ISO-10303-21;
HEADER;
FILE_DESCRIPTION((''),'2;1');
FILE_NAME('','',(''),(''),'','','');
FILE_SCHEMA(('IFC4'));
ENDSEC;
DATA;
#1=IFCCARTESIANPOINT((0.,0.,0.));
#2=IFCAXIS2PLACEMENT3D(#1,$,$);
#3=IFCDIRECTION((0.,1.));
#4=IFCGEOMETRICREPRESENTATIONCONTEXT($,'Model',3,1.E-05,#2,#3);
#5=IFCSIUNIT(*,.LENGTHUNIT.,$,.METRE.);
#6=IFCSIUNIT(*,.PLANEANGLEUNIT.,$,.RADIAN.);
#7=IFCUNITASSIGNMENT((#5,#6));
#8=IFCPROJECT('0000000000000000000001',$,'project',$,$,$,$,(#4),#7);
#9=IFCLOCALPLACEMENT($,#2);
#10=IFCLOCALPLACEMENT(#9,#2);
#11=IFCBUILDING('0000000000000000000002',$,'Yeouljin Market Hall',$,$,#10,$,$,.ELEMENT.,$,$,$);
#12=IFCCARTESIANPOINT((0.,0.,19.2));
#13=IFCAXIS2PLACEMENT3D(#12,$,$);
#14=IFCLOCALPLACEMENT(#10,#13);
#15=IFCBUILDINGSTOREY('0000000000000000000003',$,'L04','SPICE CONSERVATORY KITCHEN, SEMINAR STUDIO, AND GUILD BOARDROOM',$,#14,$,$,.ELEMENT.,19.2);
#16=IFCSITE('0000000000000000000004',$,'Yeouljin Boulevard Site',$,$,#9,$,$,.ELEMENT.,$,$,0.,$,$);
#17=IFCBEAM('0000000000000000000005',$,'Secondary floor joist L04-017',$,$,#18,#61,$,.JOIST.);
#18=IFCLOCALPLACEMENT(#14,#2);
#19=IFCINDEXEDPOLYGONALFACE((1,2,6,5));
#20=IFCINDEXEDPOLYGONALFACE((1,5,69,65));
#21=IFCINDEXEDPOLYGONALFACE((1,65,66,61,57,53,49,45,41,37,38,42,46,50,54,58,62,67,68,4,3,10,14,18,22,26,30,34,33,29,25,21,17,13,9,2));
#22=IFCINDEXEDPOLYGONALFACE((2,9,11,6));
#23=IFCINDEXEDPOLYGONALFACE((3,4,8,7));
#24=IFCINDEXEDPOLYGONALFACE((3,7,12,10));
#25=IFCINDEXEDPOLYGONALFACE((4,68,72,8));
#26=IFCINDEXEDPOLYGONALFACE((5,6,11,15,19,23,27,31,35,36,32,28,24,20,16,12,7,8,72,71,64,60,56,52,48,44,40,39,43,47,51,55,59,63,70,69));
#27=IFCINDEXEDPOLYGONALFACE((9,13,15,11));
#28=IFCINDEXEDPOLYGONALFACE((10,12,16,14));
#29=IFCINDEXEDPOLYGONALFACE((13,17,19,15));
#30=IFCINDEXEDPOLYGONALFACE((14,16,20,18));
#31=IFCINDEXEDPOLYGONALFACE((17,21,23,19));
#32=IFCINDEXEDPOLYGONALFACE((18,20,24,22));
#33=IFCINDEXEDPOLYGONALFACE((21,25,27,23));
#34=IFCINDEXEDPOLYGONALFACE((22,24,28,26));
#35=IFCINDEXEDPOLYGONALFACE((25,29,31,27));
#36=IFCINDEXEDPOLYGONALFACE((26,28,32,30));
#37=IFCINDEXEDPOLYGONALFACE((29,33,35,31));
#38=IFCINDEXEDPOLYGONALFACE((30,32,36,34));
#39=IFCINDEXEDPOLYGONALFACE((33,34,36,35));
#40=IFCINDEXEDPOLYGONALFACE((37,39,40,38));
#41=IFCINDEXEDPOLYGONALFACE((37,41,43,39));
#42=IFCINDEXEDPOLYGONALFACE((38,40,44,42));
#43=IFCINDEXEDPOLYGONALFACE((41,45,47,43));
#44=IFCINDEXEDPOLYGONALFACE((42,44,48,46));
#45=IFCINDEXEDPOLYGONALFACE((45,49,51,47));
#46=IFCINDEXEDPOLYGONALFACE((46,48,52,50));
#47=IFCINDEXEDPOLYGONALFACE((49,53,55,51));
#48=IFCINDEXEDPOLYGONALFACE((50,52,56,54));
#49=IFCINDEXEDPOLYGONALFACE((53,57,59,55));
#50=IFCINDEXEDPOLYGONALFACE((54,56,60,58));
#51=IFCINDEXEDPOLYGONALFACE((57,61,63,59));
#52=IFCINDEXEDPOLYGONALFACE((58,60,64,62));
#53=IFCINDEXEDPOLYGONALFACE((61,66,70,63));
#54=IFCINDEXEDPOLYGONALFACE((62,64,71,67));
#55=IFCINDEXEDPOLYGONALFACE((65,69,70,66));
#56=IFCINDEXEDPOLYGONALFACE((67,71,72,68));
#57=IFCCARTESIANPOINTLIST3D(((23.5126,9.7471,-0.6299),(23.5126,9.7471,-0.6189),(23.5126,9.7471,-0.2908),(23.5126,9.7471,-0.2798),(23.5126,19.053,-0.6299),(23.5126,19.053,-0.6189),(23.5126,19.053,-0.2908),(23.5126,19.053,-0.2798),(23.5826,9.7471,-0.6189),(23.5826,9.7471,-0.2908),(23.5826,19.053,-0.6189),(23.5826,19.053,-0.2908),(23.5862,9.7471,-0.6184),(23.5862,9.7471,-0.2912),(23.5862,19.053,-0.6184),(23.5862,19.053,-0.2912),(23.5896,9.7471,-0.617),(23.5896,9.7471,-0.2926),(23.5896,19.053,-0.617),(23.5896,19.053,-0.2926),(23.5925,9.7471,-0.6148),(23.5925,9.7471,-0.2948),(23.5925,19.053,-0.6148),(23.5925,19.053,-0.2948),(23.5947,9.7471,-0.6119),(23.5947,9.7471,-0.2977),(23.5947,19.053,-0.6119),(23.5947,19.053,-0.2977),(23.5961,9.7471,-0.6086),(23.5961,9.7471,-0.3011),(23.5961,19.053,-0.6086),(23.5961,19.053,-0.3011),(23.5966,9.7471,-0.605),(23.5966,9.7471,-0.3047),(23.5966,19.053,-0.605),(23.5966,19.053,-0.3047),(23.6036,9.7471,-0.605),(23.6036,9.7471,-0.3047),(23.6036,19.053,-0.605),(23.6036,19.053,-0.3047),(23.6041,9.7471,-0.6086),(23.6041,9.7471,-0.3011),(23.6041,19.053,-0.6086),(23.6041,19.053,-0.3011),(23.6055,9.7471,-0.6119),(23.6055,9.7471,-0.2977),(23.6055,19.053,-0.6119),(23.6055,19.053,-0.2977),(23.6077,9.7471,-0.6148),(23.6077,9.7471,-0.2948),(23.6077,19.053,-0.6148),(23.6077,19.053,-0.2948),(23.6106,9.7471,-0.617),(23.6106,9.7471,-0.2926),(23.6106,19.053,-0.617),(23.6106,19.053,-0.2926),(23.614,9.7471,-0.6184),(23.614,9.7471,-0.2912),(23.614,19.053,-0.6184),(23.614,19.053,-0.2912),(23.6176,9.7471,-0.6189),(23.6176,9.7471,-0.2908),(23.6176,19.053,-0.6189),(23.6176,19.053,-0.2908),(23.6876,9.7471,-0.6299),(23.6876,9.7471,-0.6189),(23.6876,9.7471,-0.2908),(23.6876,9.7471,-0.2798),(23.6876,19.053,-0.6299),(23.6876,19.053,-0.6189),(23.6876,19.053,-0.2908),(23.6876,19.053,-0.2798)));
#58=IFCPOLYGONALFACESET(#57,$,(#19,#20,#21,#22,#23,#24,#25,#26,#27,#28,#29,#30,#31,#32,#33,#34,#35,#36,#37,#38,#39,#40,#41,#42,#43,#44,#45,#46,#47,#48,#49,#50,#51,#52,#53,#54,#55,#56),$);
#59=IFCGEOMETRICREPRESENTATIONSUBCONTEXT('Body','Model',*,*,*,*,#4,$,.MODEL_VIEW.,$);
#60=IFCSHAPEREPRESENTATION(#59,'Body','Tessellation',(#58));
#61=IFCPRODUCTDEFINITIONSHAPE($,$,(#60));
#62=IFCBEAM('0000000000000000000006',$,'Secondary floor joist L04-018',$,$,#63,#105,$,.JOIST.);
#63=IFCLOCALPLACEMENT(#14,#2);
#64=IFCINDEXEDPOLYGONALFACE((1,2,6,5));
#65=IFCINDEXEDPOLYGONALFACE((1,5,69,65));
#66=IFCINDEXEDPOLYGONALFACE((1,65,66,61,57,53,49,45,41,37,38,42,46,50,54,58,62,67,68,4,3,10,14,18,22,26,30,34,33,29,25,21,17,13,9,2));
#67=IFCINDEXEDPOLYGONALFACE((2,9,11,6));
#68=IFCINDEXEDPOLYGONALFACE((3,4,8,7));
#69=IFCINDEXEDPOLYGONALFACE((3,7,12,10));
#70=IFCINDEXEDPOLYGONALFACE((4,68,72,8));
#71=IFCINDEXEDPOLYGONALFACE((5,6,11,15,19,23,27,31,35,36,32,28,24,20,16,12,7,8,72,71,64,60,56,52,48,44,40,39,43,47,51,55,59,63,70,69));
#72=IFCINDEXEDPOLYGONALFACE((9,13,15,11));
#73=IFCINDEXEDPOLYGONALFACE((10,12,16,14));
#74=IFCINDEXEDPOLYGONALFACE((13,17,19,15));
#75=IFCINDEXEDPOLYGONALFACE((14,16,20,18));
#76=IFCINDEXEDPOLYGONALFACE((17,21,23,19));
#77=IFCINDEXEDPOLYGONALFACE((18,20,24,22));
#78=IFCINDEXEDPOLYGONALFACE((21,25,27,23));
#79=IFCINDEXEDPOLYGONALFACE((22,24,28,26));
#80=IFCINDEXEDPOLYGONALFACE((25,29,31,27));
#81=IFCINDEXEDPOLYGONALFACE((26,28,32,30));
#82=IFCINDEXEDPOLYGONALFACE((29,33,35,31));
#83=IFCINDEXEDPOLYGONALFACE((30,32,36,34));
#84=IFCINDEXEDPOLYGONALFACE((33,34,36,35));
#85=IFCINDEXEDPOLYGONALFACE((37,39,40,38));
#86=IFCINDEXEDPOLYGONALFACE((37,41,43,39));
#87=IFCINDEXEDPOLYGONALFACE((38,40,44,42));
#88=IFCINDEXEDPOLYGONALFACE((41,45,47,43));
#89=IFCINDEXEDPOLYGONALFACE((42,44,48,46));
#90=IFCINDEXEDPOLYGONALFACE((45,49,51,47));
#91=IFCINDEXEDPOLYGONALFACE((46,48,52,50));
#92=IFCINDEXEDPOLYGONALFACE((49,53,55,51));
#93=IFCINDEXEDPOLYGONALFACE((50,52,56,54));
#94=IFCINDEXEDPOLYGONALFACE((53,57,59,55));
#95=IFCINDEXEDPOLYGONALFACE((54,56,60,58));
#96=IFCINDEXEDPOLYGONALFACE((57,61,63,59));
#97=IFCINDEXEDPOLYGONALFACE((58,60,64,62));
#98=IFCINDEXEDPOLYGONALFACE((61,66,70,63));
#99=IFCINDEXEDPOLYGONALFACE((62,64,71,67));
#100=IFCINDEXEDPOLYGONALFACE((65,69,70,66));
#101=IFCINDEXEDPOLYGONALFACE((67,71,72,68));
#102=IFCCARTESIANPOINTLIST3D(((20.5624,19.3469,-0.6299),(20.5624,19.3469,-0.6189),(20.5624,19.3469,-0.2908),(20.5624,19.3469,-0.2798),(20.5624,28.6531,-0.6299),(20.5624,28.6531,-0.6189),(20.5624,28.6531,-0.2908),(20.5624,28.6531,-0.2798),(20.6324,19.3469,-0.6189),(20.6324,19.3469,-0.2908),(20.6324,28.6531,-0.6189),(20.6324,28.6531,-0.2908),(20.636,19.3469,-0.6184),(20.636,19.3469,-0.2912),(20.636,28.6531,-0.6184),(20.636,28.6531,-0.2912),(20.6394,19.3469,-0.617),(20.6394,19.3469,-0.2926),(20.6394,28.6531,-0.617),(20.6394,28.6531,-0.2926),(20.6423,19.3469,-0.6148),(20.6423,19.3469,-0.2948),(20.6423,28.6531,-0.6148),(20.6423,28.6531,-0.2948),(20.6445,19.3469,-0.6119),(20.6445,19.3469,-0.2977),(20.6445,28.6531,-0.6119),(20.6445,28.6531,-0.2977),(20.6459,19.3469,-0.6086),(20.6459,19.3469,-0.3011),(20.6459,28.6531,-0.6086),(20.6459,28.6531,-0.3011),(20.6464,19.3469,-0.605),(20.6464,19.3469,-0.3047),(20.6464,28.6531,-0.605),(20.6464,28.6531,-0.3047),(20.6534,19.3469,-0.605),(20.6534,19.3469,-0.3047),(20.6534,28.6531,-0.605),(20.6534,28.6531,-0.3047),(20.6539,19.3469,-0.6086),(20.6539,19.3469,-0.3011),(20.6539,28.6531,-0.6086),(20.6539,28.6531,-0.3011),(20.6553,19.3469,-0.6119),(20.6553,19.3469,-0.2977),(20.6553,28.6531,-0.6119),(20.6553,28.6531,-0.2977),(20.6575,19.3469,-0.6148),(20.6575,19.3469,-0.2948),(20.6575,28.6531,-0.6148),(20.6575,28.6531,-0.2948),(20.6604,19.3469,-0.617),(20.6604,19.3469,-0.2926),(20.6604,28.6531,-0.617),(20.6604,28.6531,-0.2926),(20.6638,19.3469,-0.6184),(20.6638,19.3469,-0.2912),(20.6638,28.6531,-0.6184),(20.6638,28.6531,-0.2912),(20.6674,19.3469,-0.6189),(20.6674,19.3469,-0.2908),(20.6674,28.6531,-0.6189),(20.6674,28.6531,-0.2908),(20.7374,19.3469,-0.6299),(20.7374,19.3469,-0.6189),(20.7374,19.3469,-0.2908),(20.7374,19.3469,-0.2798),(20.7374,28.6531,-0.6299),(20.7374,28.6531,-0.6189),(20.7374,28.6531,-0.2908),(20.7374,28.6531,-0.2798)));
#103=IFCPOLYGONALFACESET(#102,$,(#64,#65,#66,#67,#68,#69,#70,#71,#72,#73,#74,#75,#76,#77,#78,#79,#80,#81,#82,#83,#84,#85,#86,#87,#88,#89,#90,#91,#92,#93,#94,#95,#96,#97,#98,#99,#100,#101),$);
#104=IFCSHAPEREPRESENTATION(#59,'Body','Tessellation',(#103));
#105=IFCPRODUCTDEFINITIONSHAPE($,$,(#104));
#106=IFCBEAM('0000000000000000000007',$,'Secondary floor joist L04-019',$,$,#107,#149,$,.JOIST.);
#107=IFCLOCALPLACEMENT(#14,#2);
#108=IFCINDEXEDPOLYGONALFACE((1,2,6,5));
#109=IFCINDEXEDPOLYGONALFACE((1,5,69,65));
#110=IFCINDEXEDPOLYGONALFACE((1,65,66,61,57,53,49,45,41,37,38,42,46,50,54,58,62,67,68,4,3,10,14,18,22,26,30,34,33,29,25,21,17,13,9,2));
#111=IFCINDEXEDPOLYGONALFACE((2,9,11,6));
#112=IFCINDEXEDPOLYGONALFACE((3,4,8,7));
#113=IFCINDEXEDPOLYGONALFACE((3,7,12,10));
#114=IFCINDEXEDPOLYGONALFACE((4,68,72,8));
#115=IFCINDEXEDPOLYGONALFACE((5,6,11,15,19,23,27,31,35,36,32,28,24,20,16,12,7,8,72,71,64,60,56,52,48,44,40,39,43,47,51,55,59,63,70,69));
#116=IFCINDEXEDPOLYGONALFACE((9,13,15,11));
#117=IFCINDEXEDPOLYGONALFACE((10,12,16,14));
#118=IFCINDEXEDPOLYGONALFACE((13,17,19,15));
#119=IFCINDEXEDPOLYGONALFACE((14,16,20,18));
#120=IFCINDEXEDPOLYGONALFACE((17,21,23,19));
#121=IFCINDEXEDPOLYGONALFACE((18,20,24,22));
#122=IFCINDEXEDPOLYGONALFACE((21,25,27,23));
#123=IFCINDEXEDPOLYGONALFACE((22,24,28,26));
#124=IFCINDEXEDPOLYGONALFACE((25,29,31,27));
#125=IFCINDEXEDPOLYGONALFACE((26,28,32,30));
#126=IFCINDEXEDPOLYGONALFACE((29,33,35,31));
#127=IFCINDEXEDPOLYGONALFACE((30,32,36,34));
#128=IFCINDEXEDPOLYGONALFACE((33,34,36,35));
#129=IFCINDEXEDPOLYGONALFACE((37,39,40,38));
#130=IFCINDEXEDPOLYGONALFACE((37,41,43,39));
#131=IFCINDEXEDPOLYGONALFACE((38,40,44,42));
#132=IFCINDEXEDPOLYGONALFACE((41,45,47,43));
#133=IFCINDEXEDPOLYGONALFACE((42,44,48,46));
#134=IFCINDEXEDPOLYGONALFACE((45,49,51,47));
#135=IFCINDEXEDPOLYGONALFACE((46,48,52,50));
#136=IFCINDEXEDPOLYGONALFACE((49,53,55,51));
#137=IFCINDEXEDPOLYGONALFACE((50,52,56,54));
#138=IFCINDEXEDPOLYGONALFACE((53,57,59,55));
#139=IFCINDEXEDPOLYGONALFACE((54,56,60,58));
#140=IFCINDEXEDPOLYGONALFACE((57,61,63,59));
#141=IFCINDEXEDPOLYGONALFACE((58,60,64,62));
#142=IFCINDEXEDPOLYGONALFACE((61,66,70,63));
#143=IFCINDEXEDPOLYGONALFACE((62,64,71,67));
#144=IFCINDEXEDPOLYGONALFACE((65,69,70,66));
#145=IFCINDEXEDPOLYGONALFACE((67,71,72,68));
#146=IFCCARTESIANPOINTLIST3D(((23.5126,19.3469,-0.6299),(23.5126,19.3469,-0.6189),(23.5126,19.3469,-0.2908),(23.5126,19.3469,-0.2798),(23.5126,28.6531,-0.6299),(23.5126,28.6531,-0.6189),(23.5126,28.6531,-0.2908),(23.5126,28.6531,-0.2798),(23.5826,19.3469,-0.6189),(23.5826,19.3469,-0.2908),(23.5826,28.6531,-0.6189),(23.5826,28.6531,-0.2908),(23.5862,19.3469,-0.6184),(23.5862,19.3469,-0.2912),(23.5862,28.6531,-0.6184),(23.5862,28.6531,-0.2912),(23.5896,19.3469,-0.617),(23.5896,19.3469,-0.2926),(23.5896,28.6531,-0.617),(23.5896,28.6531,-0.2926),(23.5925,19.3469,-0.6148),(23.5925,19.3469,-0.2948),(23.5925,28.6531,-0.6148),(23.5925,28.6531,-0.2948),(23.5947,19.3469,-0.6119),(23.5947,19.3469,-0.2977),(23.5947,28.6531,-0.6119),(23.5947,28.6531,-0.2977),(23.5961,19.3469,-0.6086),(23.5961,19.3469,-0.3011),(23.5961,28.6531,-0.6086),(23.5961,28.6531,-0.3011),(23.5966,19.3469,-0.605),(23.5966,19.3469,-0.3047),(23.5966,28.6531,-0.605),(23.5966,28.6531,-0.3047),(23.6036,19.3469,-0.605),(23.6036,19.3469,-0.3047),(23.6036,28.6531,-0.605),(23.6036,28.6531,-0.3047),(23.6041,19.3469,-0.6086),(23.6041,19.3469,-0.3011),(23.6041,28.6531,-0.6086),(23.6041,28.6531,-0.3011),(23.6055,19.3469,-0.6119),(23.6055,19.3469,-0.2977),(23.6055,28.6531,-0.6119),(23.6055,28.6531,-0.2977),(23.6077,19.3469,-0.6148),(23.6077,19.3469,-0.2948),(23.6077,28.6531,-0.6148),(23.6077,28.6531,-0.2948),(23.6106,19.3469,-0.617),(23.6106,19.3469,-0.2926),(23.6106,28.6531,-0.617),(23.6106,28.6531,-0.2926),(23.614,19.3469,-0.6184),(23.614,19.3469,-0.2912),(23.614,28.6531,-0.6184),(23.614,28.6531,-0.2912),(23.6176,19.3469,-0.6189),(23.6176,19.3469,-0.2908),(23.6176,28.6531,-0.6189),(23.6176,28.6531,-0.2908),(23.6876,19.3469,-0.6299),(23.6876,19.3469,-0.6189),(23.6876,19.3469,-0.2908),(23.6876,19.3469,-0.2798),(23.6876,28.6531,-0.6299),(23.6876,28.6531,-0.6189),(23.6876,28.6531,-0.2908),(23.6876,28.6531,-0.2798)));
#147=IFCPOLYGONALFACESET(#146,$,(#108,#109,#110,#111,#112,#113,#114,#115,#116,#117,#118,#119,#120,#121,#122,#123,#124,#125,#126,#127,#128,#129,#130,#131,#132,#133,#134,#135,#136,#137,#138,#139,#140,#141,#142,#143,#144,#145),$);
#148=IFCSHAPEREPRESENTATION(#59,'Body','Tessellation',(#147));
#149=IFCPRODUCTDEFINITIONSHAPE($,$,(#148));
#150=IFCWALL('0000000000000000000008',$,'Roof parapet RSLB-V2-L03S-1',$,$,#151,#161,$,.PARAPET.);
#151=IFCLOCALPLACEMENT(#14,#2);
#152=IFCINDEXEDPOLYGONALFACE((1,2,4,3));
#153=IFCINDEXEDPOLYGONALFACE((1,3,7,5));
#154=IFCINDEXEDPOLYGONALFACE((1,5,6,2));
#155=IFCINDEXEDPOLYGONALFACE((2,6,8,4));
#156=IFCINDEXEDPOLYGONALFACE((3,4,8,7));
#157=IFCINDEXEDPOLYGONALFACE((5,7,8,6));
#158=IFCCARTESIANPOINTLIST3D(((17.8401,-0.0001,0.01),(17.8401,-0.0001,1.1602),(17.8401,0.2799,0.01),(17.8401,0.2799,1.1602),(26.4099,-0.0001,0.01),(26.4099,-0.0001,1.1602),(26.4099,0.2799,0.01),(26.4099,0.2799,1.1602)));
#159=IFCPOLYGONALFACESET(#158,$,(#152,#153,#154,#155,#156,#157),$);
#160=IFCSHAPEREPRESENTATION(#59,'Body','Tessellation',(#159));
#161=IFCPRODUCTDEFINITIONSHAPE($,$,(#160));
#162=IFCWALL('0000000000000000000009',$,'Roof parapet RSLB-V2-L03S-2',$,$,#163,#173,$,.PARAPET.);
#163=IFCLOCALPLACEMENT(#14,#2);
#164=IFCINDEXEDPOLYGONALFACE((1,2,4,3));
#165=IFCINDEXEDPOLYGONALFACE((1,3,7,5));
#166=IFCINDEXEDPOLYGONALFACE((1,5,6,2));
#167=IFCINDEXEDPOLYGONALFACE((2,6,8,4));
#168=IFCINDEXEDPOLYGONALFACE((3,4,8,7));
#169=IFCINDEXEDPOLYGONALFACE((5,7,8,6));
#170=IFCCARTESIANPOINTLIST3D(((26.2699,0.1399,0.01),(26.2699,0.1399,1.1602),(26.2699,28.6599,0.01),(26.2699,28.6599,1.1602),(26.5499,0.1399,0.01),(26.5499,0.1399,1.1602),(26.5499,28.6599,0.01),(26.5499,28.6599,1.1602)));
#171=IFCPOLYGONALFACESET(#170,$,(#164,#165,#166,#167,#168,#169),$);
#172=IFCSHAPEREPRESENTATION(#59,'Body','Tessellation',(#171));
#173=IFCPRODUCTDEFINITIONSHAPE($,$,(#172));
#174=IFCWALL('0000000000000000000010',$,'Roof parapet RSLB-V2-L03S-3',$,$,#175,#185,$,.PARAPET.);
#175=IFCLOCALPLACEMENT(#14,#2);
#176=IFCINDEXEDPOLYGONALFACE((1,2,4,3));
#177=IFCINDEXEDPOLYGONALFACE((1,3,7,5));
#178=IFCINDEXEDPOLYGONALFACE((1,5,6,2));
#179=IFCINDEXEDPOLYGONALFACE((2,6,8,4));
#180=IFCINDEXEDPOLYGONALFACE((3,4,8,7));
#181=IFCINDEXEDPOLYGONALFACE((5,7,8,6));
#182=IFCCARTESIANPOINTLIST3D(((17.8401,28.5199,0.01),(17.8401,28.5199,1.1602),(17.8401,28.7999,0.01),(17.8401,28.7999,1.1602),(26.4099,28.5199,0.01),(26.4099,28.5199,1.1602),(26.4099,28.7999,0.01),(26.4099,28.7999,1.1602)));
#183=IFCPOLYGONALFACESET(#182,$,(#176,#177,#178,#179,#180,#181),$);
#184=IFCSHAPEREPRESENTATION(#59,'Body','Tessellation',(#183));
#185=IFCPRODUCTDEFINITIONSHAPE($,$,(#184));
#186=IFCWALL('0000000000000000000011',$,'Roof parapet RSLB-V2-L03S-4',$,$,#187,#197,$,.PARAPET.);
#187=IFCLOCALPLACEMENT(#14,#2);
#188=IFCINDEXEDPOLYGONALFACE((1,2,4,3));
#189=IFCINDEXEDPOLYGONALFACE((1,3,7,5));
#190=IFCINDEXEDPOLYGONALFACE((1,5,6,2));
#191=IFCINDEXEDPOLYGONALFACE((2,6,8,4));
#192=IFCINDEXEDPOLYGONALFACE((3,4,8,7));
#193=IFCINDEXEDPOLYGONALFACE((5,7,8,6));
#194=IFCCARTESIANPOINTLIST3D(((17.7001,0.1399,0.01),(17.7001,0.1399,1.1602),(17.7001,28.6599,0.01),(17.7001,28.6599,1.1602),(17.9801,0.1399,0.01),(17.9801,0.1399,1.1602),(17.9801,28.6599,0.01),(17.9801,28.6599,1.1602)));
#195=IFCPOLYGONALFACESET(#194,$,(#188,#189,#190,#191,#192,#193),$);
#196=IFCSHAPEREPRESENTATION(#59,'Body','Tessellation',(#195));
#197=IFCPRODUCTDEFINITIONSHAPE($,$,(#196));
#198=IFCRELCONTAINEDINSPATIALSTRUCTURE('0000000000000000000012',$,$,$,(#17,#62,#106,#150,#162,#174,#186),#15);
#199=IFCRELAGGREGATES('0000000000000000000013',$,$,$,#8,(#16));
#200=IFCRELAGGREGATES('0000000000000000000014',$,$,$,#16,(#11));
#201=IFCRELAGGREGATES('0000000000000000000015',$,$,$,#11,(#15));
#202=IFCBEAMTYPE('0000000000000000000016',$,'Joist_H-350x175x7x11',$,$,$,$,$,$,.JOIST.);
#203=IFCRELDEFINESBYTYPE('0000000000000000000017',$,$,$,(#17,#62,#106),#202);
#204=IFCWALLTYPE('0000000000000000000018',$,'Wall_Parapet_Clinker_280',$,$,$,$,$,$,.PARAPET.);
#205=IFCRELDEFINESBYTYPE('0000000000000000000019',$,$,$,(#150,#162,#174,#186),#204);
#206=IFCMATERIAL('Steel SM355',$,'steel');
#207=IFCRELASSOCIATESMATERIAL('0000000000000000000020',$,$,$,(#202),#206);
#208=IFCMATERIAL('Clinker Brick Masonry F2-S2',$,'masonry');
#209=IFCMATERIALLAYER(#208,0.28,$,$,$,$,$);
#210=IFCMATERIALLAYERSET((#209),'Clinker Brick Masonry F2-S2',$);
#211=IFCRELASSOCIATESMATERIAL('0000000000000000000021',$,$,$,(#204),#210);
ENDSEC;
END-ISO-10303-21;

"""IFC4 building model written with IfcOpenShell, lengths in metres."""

from ifc_helpers import new_model, si_unit, direction, frame, frame_2d, origin, origin_2d, place, context, subcontext, project, spatial, rectangle, i_section, extrude, material, layer, layer_set, material_profile, profile_set, type_object, element, save


model = new_model("IFC4")

# Units and contexts
model_context = context("Model", 3, precision=1e-05, world=origin(), true_north=direction((0.0, 1.0)))
body_context = subcontext(model_context, "Body", "Model", "MODEL_VIEW")
ifc_project = project(units=[si_unit("LENGTHUNIT", "METRE"), si_unit("PLANEANGLEUNIT", "RADIAN")], contexts=[model_context])

# Site, building, storey
site_placement = place(None, origin())
site = spatial("IfcSite", under=ifc_project, at=site_placement, Name="Yeouljin Boulevard Site", CompositionType="ELEMENT", RefElevation=0.0)
building_placement = place(site_placement, origin())
building = spatial("IfcBuilding", under=site, at=building_placement, Name="Yeouljin Market Hall", CompositionType="ELEMENT")
storey_placement = place(building_placement, frame((0.0, 0.0, 19.2)))
storey = spatial("IfcBuildingStorey", under=building, at=storey_placement, Name="L04", Description="SPICE CONSERVATORY KITCHEN, SEMINAR STUDIO, AND GUILD BOARDROOM", CompositionType="ELEMENT", Elevation=19.2)

# Beams
ifc_material_1 = material(Name="Steel SM355", Category="steel")
ifc_material_profile_1 = material_profile(ifc_material_1, i_section(OverallWidth=0.175, OverallDepth=0.3501, WebThickness=0.0071, FlangeThickness=0.011, FilletRadius=0.0139, at=origin_2d()), Name="H-350x175x7x11")
ifc_profile_set_1 = profile_set([ifc_material_profile_1], Name="Steel SM355")
beam_type_1 = type_object("IfcBeamType", Name="Joist_H-350x175x7x11", PredefinedType="JOIST", material=ifc_profile_set_1)
for number, where, z_axis, x_axis, name in (
    (1, (23.6001, 9.7471, -0.4548), (0.0, 1.0, 0.0), (-1.0, 0.0, 0.0), "Secondary floor joist L04-017"),
):
    element("IfcBeam", number, at=place(storey_placement, frame(where, z_axis=z_axis, x_axis=x_axis)), inside=storey, type_object=beam_type_1, Name=name, PredefinedType="JOIST", context=body_context, shape_type="SweptSolid", body=[
        extrude(i_section(OverallWidth=0.175, OverallDepth=0.3501, WebThickness=0.0071, FlangeThickness=0.011, FilletRadius=0.0139, at=origin_2d()), origin(), (0.0, 0.0, 1.0), 9.3059),
    ])
for number, where, z_axis, x_axis, name in (
    (2, (20.6499, 19.3469, -0.4548), (0.0, 1.0, 0.0), (-1.0, 0.0, 0.0), "Secondary floor joist L04-018"),
    (3, (23.6001, 19.3469, -0.4548), (0.0, 1.0, 0.0), (-1.0, 0.0, 0.0), "Secondary floor joist L04-019"),
):
    element("IfcBeam", number, at=place(storey_placement, frame(where, z_axis=z_axis, x_axis=x_axis)), inside=storey, type_object=beam_type_1, Name=name, PredefinedType="JOIST", context=body_context, shape_type="SweptSolid", body=[
        extrude(i_section(OverallWidth=0.175, OverallDepth=0.3501, WebThickness=0.0071, FlangeThickness=0.011, FilletRadius=0.0139, at=origin_2d()), origin(), (0.0, 0.0, 1.0), 9.3062),
    ])

# Walls
ifc_material_2 = material(Name="Clinker Brick Masonry F2-S2", Category="masonry")
ifc_layer_1 = layer(ifc_material_2, 0.28)
ifc_layer_set_1 = layer_set([ifc_layer_1], Name="Clinker Brick Masonry F2-S2")
wall_type = type_object("IfcWallType", Name="Wall_Parapet_Clinker_280", PredefinedType="PARAPET", material=ifc_layer_set_1)
wall_1_placement = place(storey_placement, frame((17.8401, 0.1399, 0.01), z_axis=(0.0, 0.0, 1.0), x_axis=(1.0, 0.0, 0.0)))
element("IfcWall", 4, at=wall_1_placement, inside=storey, type_object=wall_type, Name="Roof parapet RSLB-V2-L03S-1", PredefinedType="PARAPET", context=body_context, shape_type="SweptSolid", body=[
    extrude(rectangle(XDim=8.5698, YDim=0.28, at=frame_2d((4.2849, 0.0))), origin(), (0.0, 0.0, 1.0), 1.1501),
])
wall_2_placement = place(storey_placement, frame((26.4099, 0.1399, 0.01), z_axis=(0.0, 0.0, 1.0), x_axis=(0.0, 1.0, 0.0)))
element("IfcWall", 5, at=wall_2_placement, inside=storey, type_object=wall_type, Name="Roof parapet RSLB-V2-L03S-2", PredefinedType="PARAPET", context=body_context, shape_type="SweptSolid", body=[
    extrude(rectangle(XDim=28.52, YDim=0.28, at=frame_2d((14.26, 0.0))), origin(), (0.0, 0.0, 1.0), 1.1501),
])
wall_3_placement = place(storey_placement, frame((26.4099, 28.6599, 0.01), z_axis=(0.0, 0.0, 1.0), x_axis=(-1.0, 0.0, 0.0)))
element("IfcWall", 6, at=wall_3_placement, inside=storey, type_object=wall_type, Name="Roof parapet RSLB-V2-L03S-3", PredefinedType="PARAPET", context=body_context, shape_type="SweptSolid", body=[
    extrude(rectangle(XDim=8.5698, YDim=0.28, at=frame_2d((4.2849, 0.0))), origin(), (0.0, 0.0, 1.0), 1.1501),
])
wall_4_placement = place(storey_placement, frame((17.8401, 28.6599, 0.01), z_axis=(0.0, 0.0, 1.0), x_axis=(0.0, -1.0, 0.0)))
element("IfcWall", 7, at=wall_4_placement, inside=storey, type_object=wall_type, Name="Roof parapet RSLB-V2-L03S-4", PredefinedType="PARAPET", context=body_context, shape_type="SweptSolid", body=[
    extrude(rectangle(XDim=28.52, YDim=0.28, at=frame_2d((14.26, 0.0))), origin(), (0.0, 0.0, 1.0), 1.1501),
])

save(model, "model.ifc")
